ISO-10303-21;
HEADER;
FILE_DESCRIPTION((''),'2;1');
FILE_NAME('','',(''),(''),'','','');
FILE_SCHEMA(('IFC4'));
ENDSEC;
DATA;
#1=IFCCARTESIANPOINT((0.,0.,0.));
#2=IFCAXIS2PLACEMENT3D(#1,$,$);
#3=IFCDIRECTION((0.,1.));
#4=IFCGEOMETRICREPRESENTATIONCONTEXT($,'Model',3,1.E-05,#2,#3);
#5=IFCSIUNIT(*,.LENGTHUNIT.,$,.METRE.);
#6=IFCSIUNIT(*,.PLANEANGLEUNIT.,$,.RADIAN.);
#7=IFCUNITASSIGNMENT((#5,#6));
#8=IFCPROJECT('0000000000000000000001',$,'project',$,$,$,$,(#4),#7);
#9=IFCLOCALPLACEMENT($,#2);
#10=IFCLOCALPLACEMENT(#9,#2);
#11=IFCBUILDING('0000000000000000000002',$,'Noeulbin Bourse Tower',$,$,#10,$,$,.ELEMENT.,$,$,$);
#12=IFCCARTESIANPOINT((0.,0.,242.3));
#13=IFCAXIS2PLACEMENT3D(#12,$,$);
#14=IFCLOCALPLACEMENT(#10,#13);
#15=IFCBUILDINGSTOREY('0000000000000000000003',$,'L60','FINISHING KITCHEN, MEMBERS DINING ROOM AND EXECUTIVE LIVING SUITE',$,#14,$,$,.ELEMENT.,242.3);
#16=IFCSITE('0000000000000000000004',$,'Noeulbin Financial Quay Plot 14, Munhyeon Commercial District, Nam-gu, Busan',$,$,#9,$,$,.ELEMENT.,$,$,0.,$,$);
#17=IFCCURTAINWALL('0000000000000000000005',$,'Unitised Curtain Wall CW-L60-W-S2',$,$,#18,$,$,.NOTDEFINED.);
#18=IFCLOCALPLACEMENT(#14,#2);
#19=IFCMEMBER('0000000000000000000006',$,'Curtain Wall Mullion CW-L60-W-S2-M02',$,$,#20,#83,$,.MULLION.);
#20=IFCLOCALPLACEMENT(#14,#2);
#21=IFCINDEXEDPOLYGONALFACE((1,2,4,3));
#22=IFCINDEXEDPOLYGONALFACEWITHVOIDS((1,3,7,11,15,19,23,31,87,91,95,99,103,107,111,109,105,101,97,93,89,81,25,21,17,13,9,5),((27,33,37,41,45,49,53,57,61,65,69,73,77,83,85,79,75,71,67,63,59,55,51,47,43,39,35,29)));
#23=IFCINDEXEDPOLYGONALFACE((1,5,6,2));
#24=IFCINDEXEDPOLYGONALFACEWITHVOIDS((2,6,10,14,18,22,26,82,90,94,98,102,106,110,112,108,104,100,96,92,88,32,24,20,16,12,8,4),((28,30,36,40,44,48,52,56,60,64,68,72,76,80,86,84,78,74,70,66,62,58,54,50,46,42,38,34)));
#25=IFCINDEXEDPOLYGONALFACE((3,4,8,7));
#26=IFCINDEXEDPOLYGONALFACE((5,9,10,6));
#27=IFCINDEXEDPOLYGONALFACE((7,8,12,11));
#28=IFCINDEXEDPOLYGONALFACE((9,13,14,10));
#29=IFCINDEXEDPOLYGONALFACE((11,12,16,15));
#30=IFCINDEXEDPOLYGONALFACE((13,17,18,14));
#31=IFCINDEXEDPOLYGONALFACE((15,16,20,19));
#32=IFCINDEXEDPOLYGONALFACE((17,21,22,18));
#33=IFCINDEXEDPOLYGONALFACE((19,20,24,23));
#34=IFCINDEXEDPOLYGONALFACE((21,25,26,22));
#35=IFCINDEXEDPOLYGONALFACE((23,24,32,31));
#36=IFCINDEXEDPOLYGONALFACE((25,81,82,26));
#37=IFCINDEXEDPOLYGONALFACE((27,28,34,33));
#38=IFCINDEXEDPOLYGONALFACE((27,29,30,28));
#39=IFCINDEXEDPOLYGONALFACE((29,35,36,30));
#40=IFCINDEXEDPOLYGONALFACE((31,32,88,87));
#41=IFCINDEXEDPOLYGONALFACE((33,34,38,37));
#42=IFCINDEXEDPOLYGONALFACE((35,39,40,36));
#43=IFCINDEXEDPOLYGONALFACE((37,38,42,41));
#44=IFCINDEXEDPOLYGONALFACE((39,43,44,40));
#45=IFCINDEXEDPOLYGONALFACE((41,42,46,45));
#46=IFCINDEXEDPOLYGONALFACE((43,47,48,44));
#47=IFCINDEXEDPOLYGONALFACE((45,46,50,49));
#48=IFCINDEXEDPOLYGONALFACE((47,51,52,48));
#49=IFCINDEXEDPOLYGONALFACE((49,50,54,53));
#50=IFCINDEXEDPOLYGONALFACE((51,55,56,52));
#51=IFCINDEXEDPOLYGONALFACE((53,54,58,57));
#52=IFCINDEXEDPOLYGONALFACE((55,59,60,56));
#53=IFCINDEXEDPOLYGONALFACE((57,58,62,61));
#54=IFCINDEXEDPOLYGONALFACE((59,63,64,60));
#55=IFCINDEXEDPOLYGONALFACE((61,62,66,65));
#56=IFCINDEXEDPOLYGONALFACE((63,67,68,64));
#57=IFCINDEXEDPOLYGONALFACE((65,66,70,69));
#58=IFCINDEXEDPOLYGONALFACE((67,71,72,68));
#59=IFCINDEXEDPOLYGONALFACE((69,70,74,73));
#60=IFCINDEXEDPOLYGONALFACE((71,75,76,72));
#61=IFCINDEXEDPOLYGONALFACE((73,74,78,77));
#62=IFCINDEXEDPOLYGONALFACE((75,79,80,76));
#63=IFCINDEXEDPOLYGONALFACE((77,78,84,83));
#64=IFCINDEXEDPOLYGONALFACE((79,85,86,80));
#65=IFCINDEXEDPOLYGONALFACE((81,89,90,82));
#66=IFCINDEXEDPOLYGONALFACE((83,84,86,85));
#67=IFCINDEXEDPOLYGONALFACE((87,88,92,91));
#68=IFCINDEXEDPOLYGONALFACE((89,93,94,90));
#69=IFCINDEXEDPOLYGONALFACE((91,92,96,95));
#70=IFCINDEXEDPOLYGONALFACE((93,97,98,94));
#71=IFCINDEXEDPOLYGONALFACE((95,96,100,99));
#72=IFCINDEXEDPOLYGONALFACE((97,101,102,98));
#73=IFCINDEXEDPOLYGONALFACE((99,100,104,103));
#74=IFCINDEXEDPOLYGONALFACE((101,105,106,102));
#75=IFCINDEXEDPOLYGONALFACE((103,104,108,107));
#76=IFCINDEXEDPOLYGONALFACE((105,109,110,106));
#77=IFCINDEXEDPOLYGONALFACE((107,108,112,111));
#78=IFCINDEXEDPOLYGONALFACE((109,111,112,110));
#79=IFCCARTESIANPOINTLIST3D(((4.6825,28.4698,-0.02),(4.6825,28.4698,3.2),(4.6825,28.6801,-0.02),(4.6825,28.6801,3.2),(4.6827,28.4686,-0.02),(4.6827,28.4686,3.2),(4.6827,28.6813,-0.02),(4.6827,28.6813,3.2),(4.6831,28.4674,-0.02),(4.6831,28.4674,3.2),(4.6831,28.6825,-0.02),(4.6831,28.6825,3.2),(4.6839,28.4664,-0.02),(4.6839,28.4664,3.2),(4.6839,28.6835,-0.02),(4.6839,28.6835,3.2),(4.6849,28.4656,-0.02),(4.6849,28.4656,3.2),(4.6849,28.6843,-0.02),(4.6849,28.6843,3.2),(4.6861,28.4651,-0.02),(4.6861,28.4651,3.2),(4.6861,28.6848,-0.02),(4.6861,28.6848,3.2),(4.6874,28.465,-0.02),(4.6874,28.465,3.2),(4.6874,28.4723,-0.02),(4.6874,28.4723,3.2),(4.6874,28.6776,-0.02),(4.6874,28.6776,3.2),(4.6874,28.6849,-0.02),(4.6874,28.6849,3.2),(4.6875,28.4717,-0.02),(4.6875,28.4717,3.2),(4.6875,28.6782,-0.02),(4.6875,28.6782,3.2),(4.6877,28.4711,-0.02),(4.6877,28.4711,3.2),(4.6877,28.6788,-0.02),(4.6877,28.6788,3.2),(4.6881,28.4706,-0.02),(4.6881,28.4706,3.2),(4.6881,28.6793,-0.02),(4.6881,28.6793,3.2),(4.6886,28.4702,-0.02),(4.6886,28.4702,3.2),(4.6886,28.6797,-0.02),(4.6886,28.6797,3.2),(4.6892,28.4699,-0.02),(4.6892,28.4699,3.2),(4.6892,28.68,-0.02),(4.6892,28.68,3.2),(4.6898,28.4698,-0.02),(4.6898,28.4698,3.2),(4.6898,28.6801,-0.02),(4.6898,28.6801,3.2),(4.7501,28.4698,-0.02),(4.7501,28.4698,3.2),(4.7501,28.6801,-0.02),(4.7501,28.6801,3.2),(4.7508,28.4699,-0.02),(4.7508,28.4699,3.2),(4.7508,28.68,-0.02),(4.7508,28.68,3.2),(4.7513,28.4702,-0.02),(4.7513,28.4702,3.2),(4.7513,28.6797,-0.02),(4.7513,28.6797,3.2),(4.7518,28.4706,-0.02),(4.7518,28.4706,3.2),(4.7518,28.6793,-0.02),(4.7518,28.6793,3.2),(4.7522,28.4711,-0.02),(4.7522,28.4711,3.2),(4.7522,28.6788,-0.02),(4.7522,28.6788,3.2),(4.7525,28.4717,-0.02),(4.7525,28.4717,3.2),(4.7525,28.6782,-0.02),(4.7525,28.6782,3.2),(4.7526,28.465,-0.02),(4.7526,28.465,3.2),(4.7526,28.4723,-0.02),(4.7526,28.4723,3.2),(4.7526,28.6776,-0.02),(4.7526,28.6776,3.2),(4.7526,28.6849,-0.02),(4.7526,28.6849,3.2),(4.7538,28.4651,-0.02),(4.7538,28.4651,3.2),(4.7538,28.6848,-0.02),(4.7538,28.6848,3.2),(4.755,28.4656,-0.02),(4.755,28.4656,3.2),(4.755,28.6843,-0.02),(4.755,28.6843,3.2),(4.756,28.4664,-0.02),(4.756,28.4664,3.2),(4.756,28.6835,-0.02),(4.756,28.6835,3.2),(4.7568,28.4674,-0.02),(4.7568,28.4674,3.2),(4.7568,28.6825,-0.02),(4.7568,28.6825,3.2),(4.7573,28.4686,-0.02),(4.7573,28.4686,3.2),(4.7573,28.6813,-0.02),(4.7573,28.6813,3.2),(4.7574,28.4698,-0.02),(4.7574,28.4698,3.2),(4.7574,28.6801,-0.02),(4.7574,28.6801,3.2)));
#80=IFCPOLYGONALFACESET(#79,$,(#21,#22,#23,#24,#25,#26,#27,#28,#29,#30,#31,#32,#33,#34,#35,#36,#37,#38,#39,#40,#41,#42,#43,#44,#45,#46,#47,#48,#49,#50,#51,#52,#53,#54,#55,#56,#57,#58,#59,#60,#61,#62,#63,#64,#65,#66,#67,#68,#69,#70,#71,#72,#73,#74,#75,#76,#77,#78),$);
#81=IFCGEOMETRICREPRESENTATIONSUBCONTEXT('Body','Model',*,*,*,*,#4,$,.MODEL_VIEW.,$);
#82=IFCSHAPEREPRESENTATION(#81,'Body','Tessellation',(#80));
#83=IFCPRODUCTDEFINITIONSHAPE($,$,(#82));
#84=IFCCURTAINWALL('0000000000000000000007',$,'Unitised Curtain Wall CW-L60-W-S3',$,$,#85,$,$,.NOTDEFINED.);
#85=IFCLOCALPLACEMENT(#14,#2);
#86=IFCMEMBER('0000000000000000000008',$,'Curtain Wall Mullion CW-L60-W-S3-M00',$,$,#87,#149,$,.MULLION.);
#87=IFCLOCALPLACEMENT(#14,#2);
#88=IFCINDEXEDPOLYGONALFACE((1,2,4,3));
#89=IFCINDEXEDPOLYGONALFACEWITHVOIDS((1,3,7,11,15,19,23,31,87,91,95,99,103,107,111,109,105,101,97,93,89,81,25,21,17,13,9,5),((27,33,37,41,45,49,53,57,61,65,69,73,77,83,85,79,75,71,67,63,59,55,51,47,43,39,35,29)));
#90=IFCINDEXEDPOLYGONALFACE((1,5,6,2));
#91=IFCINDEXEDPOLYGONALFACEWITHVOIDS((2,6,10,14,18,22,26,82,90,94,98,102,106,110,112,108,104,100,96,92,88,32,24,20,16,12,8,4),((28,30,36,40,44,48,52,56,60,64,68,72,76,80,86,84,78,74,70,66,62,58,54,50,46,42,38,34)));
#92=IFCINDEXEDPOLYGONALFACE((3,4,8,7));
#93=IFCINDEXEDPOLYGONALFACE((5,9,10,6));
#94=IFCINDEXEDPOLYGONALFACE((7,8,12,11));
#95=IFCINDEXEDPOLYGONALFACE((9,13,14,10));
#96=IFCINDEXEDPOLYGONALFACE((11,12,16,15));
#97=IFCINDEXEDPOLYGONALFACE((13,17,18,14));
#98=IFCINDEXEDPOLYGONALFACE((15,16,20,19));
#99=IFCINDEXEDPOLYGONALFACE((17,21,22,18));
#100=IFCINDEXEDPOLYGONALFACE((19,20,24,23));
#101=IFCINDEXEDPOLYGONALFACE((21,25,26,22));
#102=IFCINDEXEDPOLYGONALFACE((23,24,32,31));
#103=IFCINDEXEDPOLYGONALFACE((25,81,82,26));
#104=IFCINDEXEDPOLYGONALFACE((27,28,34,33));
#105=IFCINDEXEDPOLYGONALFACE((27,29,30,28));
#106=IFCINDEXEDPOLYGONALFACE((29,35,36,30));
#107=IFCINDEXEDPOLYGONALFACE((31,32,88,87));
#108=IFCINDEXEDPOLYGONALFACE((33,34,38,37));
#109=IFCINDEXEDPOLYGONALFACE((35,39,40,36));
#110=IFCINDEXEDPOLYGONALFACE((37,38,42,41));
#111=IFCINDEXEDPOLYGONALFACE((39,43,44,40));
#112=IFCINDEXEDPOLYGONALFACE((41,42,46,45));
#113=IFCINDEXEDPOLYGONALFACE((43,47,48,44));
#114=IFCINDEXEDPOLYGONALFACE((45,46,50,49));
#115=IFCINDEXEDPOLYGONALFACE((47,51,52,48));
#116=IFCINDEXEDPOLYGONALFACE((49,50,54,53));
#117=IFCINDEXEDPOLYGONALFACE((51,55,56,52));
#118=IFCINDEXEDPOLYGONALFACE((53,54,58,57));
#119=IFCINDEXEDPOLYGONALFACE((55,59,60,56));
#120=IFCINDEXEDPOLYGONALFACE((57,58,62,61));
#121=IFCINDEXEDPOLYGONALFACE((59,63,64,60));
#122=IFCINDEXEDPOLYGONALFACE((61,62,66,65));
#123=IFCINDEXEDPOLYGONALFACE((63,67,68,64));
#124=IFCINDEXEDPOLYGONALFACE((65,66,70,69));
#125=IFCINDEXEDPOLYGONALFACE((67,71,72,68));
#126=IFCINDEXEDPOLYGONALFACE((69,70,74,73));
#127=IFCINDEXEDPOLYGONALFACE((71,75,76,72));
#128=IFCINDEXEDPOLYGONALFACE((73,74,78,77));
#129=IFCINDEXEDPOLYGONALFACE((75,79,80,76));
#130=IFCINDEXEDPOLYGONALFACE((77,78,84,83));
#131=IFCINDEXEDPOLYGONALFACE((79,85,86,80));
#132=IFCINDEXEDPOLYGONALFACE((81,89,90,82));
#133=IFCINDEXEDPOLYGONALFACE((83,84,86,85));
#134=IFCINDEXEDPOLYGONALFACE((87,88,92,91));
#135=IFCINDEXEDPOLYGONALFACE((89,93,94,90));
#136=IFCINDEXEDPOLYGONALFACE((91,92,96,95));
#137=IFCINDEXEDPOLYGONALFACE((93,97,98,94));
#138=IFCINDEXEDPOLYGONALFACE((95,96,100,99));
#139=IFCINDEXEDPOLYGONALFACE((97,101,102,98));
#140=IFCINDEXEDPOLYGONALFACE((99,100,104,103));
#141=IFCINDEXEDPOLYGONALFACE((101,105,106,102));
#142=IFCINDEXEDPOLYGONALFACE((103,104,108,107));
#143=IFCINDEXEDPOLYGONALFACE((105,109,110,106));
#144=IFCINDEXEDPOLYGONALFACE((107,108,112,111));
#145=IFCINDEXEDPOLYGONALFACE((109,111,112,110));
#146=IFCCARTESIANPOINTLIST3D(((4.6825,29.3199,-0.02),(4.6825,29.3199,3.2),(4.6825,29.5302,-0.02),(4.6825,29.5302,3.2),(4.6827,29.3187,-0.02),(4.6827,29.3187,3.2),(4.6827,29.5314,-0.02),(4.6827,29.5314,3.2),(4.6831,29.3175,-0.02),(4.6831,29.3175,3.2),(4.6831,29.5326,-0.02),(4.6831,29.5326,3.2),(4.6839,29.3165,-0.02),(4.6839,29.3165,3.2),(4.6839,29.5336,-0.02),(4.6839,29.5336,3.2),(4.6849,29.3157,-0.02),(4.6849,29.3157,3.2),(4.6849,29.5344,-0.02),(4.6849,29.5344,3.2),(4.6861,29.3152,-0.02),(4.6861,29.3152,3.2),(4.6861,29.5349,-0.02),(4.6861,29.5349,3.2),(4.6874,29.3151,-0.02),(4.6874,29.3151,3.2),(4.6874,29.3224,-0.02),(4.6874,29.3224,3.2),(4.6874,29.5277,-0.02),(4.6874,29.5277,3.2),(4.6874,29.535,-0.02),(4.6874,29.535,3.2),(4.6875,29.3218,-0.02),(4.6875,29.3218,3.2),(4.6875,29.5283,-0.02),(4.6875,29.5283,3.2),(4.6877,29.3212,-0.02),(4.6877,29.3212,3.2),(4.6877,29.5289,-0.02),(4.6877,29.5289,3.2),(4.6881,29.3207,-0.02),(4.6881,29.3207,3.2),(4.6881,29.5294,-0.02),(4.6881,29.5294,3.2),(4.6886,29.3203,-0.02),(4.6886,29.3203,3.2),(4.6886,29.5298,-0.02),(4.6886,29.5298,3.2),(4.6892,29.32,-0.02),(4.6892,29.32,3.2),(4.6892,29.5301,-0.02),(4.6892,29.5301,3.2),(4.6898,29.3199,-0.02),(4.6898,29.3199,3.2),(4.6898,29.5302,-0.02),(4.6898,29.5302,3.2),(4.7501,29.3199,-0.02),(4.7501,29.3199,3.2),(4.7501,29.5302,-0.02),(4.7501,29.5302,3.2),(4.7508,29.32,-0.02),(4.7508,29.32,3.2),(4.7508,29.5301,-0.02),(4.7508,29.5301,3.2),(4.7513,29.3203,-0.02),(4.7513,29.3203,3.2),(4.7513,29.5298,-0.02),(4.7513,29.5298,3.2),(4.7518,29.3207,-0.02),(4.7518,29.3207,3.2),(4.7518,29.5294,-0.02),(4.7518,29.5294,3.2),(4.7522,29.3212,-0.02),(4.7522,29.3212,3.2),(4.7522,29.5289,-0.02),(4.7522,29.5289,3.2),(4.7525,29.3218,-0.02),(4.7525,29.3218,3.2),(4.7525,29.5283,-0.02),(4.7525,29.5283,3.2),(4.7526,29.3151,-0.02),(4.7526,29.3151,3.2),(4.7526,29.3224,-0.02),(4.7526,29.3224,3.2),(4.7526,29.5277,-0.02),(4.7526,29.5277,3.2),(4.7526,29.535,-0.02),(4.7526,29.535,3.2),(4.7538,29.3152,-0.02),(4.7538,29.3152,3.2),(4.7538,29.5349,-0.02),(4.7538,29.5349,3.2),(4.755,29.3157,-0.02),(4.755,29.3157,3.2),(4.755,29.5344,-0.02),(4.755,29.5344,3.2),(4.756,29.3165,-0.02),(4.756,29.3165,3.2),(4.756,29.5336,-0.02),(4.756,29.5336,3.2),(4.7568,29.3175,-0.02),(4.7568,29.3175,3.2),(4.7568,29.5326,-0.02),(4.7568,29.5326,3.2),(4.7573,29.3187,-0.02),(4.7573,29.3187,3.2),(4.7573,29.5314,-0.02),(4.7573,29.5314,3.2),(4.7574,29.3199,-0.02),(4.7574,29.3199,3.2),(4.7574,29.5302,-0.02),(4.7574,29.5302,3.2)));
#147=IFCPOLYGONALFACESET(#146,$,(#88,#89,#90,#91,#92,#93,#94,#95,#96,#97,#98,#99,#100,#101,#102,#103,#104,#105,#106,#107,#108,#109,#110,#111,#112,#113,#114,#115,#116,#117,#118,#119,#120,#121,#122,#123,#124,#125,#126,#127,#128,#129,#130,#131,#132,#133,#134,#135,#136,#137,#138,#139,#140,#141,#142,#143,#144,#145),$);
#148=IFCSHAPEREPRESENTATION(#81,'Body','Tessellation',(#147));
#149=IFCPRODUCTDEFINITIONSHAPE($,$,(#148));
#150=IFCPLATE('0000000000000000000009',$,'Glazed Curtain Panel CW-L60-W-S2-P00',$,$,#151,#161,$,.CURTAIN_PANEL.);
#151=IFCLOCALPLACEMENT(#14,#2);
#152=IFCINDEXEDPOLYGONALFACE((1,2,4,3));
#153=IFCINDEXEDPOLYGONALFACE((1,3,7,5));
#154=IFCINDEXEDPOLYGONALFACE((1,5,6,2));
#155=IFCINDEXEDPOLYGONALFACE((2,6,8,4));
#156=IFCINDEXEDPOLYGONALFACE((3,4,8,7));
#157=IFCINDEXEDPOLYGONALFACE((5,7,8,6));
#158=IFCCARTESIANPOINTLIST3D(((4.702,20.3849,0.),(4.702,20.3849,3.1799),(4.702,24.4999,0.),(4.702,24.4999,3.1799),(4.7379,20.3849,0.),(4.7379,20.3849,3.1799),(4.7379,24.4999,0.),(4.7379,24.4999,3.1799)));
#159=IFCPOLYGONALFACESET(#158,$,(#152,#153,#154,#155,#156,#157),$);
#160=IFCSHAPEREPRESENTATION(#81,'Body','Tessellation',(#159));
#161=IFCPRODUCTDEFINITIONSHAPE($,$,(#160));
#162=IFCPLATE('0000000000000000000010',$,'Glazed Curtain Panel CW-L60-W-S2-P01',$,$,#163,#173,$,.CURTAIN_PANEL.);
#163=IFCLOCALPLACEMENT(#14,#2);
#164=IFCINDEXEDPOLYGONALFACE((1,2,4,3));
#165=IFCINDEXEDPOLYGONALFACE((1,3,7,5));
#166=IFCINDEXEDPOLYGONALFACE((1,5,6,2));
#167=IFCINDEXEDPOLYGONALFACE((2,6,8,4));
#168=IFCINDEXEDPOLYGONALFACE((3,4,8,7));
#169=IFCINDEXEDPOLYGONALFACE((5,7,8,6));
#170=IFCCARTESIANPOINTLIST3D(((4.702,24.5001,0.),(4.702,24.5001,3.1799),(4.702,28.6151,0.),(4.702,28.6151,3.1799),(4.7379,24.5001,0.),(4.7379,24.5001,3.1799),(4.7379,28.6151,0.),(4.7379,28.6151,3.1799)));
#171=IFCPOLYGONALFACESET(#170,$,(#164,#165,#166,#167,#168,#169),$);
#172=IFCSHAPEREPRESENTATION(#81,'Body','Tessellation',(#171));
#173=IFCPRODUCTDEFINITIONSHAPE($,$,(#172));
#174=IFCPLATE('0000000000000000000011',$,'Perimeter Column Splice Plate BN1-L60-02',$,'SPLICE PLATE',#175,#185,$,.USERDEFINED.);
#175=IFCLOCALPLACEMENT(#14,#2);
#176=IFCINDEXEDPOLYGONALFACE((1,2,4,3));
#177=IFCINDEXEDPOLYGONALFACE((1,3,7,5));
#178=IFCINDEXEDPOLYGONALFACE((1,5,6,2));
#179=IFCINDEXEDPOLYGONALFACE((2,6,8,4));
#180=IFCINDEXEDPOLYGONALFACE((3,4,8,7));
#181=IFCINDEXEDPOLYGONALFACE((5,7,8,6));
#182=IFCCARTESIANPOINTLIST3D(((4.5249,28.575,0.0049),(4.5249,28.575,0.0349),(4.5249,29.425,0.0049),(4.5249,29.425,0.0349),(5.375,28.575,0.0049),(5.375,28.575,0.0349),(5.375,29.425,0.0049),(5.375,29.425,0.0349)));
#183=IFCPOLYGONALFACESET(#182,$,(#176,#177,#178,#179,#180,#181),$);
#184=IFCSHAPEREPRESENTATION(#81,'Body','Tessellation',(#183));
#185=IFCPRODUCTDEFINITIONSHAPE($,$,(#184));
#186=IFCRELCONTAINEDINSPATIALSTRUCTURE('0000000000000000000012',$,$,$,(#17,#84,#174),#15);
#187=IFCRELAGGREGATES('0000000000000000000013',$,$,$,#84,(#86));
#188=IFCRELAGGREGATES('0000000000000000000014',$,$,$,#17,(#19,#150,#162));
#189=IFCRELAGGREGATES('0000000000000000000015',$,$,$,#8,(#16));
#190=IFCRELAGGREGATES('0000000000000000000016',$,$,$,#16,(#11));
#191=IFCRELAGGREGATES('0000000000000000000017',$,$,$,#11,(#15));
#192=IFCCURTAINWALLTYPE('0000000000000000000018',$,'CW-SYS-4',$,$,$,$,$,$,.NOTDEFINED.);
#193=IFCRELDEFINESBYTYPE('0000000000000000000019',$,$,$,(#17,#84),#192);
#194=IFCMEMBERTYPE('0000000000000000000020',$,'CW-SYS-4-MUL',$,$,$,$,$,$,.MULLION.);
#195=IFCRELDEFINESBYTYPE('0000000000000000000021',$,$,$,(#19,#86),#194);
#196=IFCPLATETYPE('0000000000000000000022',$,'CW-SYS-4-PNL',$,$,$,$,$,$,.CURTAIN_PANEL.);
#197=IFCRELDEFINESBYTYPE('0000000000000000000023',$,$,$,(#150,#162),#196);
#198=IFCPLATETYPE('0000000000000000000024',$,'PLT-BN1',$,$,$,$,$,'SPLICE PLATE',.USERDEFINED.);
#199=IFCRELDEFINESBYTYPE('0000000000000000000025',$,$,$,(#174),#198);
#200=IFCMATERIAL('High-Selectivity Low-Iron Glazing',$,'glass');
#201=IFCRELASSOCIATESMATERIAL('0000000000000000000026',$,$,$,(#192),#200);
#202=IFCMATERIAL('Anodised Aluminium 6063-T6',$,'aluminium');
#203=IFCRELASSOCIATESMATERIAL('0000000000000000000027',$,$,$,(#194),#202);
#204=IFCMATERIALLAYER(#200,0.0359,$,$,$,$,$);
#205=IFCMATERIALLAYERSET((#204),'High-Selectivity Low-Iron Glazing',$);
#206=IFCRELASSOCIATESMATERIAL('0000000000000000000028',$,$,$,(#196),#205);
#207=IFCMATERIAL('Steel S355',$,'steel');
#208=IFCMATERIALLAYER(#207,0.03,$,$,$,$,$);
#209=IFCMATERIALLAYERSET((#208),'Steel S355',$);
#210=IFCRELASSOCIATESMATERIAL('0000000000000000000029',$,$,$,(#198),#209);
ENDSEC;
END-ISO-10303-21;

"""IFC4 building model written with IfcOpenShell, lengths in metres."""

from ifc_helpers import new_model, si_unit, direction, frame, origin, origin_2d, place, context, subcontext, project, spatial, rectangle, hollow_rectangle, extrude, material, layer, layer_set, material_profile, profile_set, type_object, element, aggregate, save


model = new_model("IFC4")

# Units and contexts
model_context = context("Model", 3, precision=1e-05, world=origin(), true_north=direction((0.0, 1.0)))
body_context = subcontext(model_context, "Body", "Model", "MODEL_VIEW")
ifc_project = project(units=[si_unit("LENGTHUNIT", "METRE"), si_unit("PLANEANGLEUNIT", "RADIAN")], contexts=[model_context])

# Site, building, storey
site_placement = place(None, origin())
site = spatial("IfcSite", under=ifc_project, at=site_placement, Name="Noeulbin Financial Quay Plot 14, Munhyeon Commercial District, Nam-gu, Busan", CompositionType="ELEMENT", RefElevation=0.0)
building_placement = place(site_placement, origin())
building = spatial("IfcBuilding", under=site, at=building_placement, Name="Noeulbin Bourse Tower", CompositionType="ELEMENT")
storey_placement = place(building_placement, frame((0.0, 0.0, 242.3)))
storey = spatial("IfcBuildingStorey", under=building, at=storey_placement, Name="L60", Description="FINISHING KITCHEN, MEMBERS DINING ROOM AND EXECUTIVE LIVING SUITE", CompositionType="ELEMENT", Elevation=242.3)

# Shared definitions
ifc_material_1 = material(Name="Steel S355", Category="steel")

# Curtain wall, member
ifc_material_2 = material(Name="High-Selectivity Low-Iron Glazing", Category="glass")
curtain_wall_type = type_object("IfcCurtainWallType", Name="CW-SYS-4", PredefinedType="NOTDEFINED", material=ifc_material_2)
curtain_wall_1_placement = place(storey_placement, origin())
curtain_wall_1 = element("IfcCurtainWall", 1, at=curtain_wall_1_placement, inside=storey, type_object=curtain_wall_type, Name="Unitised Curtain Wall CW-L60-W-S2", PredefinedType="NOTDEFINED")
ifc_material_3 = material(Name="Anodised Aluminium 6063-T6", Category="aluminium")
ifc_material_profile_1 = material_profile(ifc_material_3, hollow_rectangle(XDim=0.075, YDim=0.22, WallThickness=0.0049, InnerFilletRadius=0.0024, OuterFilletRadius=0.0049, at=origin_2d()), Name="ALU-MULL-75x220x5", Category="LoadBearing")
ifc_profile_set_1 = profile_set([ifc_material_profile_1], Name="Anodised Aluminium 6063-T6")
member_type = type_object("IfcMemberType", Name="CW-SYS-4-MUL", PredefinedType="MULLION", material=ifc_profile_set_1)
member_1_placement = place(storey_placement, frame((4.72, 28.575, -0.02), z_axis=(0.0, 0.0, 1.0), x_axis=(1.0, 0.0, 0.0)))
member_1 = element("IfcMember", 2, at=member_1_placement, type_object=member_type, Name="Curtain Wall Mullion CW-L60-W-S2-M02", PredefinedType="MULLION", context=body_context, shape_type="SweptSolid", body=[
    extrude(hollow_rectangle(XDim=0.075, YDim=0.22, WallThickness=0.0049, InnerFilletRadius=0.0024, OuterFilletRadius=0.0049, at=origin_2d()), origin(), (0.0, 0.0, 1.0), 3.22),
])

# Curtain wall, member
curtain_wall_2_placement = place(storey_placement, origin())
curtain_wall_2 = element("IfcCurtainWall", 3, at=curtain_wall_2_placement, inside=storey, type_object=curtain_wall_type, Name="Unitised Curtain Wall CW-L60-W-S3", PredefinedType="NOTDEFINED")
member_2_placement = place(storey_placement, frame((4.72, 29.425, -0.02), z_axis=(0.0, 0.0, 1.0), x_axis=(1.0, 0.0, 0.0)))
member_2 = element("IfcMember", 4, at=member_2_placement, type_object=member_type, Name="Curtain Wall Mullion CW-L60-W-S3-M00", PredefinedType="MULLION", context=body_context, shape_type="SweptSolid", body=[
    extrude(hollow_rectangle(XDim=0.075, YDim=0.22, WallThickness=0.0049, InnerFilletRadius=0.0024, OuterFilletRadius=0.0049, at=origin_2d()), origin(), (0.0, 0.0, 1.0), 3.22),
])
aggregate(curtain_wall_2, [member_2])

# Plates
ifc_layer_1 = layer(ifc_material_2, 0.0359)
ifc_layer_set_1 = layer_set([ifc_layer_1], Name="High-Selectivity Low-Iron Glazing")
plate_type_1 = type_object("IfcPlateType", Name="CW-SYS-4-PNL", PredefinedType="CURTAIN_PANEL", material=ifc_layer_set_1)
plate_1_placement = place(storey_placement, frame((4.72, 22.4424, 0.0), z_axis=(0.0, 0.0, 1.0), x_axis=(0.0, 1.0, 0.0)))
plate_1 = element("IfcPlate", 5, at=plate_1_placement, type_object=plate_type_1, Name="Glazed Curtain Panel CW-L60-W-S2-P00", PredefinedType="CURTAIN_PANEL", context=body_context, shape_type="SweptSolid", body=[
    extrude(rectangle(XDim=4.115, YDim=0.0359, at=origin_2d()), origin(), (0.0, 0.0, 1.0), 3.1799),
])
plate_2_placement = place(storey_placement, frame((4.72, 26.5576, 0.0), z_axis=(0.0, 0.0, 1.0), x_axis=(0.0, 1.0, 0.0)))
plate_2 = element("IfcPlate", 6, at=plate_2_placement, type_object=plate_type_1, Name="Glazed Curtain Panel CW-L60-W-S2-P01", PredefinedType="CURTAIN_PANEL", context=body_context, shape_type="SweptSolid", body=[
    extrude(rectangle(XDim=4.115, YDim=0.0359, at=origin_2d()), origin(), (0.0, 0.0, 1.0), 3.1799),
])
aggregate(curtain_wall_1, [member_1, plate_1, plate_2])
ifc_layer_2 = layer(ifc_material_1, 0.03)
ifc_layer_set_2 = layer_set([ifc_layer_2], Name="Steel S355")
plate_type_2 = type_object("IfcPlateType", Name="PLT-BN1", ElementType="SPLICE PLATE", PredefinedType="USERDEFINED", material=ifc_layer_set_2)
plate_3_placement = place(storey_placement, frame((4.95, 29.0, 0.0049), z_axis=(0.0, 0.0, 1.0), x_axis=(1.0, 0.0, 0.0)))
element("IfcPlate", 7, at=plate_3_placement, inside=storey, type_object=plate_type_2, Name="Perimeter Column Splice Plate BN1-L60-02", ObjectType="SPLICE PLATE", PredefinedType="USERDEFINED", context=body_context, shape_type="SweptSolid", body=[
    extrude(rectangle(XDim=0.8501, YDim=0.8501, at=origin_2d()), origin(), (0.0, 0.0, 1.0), 0.03),
])

save(model, "model.ifc")
